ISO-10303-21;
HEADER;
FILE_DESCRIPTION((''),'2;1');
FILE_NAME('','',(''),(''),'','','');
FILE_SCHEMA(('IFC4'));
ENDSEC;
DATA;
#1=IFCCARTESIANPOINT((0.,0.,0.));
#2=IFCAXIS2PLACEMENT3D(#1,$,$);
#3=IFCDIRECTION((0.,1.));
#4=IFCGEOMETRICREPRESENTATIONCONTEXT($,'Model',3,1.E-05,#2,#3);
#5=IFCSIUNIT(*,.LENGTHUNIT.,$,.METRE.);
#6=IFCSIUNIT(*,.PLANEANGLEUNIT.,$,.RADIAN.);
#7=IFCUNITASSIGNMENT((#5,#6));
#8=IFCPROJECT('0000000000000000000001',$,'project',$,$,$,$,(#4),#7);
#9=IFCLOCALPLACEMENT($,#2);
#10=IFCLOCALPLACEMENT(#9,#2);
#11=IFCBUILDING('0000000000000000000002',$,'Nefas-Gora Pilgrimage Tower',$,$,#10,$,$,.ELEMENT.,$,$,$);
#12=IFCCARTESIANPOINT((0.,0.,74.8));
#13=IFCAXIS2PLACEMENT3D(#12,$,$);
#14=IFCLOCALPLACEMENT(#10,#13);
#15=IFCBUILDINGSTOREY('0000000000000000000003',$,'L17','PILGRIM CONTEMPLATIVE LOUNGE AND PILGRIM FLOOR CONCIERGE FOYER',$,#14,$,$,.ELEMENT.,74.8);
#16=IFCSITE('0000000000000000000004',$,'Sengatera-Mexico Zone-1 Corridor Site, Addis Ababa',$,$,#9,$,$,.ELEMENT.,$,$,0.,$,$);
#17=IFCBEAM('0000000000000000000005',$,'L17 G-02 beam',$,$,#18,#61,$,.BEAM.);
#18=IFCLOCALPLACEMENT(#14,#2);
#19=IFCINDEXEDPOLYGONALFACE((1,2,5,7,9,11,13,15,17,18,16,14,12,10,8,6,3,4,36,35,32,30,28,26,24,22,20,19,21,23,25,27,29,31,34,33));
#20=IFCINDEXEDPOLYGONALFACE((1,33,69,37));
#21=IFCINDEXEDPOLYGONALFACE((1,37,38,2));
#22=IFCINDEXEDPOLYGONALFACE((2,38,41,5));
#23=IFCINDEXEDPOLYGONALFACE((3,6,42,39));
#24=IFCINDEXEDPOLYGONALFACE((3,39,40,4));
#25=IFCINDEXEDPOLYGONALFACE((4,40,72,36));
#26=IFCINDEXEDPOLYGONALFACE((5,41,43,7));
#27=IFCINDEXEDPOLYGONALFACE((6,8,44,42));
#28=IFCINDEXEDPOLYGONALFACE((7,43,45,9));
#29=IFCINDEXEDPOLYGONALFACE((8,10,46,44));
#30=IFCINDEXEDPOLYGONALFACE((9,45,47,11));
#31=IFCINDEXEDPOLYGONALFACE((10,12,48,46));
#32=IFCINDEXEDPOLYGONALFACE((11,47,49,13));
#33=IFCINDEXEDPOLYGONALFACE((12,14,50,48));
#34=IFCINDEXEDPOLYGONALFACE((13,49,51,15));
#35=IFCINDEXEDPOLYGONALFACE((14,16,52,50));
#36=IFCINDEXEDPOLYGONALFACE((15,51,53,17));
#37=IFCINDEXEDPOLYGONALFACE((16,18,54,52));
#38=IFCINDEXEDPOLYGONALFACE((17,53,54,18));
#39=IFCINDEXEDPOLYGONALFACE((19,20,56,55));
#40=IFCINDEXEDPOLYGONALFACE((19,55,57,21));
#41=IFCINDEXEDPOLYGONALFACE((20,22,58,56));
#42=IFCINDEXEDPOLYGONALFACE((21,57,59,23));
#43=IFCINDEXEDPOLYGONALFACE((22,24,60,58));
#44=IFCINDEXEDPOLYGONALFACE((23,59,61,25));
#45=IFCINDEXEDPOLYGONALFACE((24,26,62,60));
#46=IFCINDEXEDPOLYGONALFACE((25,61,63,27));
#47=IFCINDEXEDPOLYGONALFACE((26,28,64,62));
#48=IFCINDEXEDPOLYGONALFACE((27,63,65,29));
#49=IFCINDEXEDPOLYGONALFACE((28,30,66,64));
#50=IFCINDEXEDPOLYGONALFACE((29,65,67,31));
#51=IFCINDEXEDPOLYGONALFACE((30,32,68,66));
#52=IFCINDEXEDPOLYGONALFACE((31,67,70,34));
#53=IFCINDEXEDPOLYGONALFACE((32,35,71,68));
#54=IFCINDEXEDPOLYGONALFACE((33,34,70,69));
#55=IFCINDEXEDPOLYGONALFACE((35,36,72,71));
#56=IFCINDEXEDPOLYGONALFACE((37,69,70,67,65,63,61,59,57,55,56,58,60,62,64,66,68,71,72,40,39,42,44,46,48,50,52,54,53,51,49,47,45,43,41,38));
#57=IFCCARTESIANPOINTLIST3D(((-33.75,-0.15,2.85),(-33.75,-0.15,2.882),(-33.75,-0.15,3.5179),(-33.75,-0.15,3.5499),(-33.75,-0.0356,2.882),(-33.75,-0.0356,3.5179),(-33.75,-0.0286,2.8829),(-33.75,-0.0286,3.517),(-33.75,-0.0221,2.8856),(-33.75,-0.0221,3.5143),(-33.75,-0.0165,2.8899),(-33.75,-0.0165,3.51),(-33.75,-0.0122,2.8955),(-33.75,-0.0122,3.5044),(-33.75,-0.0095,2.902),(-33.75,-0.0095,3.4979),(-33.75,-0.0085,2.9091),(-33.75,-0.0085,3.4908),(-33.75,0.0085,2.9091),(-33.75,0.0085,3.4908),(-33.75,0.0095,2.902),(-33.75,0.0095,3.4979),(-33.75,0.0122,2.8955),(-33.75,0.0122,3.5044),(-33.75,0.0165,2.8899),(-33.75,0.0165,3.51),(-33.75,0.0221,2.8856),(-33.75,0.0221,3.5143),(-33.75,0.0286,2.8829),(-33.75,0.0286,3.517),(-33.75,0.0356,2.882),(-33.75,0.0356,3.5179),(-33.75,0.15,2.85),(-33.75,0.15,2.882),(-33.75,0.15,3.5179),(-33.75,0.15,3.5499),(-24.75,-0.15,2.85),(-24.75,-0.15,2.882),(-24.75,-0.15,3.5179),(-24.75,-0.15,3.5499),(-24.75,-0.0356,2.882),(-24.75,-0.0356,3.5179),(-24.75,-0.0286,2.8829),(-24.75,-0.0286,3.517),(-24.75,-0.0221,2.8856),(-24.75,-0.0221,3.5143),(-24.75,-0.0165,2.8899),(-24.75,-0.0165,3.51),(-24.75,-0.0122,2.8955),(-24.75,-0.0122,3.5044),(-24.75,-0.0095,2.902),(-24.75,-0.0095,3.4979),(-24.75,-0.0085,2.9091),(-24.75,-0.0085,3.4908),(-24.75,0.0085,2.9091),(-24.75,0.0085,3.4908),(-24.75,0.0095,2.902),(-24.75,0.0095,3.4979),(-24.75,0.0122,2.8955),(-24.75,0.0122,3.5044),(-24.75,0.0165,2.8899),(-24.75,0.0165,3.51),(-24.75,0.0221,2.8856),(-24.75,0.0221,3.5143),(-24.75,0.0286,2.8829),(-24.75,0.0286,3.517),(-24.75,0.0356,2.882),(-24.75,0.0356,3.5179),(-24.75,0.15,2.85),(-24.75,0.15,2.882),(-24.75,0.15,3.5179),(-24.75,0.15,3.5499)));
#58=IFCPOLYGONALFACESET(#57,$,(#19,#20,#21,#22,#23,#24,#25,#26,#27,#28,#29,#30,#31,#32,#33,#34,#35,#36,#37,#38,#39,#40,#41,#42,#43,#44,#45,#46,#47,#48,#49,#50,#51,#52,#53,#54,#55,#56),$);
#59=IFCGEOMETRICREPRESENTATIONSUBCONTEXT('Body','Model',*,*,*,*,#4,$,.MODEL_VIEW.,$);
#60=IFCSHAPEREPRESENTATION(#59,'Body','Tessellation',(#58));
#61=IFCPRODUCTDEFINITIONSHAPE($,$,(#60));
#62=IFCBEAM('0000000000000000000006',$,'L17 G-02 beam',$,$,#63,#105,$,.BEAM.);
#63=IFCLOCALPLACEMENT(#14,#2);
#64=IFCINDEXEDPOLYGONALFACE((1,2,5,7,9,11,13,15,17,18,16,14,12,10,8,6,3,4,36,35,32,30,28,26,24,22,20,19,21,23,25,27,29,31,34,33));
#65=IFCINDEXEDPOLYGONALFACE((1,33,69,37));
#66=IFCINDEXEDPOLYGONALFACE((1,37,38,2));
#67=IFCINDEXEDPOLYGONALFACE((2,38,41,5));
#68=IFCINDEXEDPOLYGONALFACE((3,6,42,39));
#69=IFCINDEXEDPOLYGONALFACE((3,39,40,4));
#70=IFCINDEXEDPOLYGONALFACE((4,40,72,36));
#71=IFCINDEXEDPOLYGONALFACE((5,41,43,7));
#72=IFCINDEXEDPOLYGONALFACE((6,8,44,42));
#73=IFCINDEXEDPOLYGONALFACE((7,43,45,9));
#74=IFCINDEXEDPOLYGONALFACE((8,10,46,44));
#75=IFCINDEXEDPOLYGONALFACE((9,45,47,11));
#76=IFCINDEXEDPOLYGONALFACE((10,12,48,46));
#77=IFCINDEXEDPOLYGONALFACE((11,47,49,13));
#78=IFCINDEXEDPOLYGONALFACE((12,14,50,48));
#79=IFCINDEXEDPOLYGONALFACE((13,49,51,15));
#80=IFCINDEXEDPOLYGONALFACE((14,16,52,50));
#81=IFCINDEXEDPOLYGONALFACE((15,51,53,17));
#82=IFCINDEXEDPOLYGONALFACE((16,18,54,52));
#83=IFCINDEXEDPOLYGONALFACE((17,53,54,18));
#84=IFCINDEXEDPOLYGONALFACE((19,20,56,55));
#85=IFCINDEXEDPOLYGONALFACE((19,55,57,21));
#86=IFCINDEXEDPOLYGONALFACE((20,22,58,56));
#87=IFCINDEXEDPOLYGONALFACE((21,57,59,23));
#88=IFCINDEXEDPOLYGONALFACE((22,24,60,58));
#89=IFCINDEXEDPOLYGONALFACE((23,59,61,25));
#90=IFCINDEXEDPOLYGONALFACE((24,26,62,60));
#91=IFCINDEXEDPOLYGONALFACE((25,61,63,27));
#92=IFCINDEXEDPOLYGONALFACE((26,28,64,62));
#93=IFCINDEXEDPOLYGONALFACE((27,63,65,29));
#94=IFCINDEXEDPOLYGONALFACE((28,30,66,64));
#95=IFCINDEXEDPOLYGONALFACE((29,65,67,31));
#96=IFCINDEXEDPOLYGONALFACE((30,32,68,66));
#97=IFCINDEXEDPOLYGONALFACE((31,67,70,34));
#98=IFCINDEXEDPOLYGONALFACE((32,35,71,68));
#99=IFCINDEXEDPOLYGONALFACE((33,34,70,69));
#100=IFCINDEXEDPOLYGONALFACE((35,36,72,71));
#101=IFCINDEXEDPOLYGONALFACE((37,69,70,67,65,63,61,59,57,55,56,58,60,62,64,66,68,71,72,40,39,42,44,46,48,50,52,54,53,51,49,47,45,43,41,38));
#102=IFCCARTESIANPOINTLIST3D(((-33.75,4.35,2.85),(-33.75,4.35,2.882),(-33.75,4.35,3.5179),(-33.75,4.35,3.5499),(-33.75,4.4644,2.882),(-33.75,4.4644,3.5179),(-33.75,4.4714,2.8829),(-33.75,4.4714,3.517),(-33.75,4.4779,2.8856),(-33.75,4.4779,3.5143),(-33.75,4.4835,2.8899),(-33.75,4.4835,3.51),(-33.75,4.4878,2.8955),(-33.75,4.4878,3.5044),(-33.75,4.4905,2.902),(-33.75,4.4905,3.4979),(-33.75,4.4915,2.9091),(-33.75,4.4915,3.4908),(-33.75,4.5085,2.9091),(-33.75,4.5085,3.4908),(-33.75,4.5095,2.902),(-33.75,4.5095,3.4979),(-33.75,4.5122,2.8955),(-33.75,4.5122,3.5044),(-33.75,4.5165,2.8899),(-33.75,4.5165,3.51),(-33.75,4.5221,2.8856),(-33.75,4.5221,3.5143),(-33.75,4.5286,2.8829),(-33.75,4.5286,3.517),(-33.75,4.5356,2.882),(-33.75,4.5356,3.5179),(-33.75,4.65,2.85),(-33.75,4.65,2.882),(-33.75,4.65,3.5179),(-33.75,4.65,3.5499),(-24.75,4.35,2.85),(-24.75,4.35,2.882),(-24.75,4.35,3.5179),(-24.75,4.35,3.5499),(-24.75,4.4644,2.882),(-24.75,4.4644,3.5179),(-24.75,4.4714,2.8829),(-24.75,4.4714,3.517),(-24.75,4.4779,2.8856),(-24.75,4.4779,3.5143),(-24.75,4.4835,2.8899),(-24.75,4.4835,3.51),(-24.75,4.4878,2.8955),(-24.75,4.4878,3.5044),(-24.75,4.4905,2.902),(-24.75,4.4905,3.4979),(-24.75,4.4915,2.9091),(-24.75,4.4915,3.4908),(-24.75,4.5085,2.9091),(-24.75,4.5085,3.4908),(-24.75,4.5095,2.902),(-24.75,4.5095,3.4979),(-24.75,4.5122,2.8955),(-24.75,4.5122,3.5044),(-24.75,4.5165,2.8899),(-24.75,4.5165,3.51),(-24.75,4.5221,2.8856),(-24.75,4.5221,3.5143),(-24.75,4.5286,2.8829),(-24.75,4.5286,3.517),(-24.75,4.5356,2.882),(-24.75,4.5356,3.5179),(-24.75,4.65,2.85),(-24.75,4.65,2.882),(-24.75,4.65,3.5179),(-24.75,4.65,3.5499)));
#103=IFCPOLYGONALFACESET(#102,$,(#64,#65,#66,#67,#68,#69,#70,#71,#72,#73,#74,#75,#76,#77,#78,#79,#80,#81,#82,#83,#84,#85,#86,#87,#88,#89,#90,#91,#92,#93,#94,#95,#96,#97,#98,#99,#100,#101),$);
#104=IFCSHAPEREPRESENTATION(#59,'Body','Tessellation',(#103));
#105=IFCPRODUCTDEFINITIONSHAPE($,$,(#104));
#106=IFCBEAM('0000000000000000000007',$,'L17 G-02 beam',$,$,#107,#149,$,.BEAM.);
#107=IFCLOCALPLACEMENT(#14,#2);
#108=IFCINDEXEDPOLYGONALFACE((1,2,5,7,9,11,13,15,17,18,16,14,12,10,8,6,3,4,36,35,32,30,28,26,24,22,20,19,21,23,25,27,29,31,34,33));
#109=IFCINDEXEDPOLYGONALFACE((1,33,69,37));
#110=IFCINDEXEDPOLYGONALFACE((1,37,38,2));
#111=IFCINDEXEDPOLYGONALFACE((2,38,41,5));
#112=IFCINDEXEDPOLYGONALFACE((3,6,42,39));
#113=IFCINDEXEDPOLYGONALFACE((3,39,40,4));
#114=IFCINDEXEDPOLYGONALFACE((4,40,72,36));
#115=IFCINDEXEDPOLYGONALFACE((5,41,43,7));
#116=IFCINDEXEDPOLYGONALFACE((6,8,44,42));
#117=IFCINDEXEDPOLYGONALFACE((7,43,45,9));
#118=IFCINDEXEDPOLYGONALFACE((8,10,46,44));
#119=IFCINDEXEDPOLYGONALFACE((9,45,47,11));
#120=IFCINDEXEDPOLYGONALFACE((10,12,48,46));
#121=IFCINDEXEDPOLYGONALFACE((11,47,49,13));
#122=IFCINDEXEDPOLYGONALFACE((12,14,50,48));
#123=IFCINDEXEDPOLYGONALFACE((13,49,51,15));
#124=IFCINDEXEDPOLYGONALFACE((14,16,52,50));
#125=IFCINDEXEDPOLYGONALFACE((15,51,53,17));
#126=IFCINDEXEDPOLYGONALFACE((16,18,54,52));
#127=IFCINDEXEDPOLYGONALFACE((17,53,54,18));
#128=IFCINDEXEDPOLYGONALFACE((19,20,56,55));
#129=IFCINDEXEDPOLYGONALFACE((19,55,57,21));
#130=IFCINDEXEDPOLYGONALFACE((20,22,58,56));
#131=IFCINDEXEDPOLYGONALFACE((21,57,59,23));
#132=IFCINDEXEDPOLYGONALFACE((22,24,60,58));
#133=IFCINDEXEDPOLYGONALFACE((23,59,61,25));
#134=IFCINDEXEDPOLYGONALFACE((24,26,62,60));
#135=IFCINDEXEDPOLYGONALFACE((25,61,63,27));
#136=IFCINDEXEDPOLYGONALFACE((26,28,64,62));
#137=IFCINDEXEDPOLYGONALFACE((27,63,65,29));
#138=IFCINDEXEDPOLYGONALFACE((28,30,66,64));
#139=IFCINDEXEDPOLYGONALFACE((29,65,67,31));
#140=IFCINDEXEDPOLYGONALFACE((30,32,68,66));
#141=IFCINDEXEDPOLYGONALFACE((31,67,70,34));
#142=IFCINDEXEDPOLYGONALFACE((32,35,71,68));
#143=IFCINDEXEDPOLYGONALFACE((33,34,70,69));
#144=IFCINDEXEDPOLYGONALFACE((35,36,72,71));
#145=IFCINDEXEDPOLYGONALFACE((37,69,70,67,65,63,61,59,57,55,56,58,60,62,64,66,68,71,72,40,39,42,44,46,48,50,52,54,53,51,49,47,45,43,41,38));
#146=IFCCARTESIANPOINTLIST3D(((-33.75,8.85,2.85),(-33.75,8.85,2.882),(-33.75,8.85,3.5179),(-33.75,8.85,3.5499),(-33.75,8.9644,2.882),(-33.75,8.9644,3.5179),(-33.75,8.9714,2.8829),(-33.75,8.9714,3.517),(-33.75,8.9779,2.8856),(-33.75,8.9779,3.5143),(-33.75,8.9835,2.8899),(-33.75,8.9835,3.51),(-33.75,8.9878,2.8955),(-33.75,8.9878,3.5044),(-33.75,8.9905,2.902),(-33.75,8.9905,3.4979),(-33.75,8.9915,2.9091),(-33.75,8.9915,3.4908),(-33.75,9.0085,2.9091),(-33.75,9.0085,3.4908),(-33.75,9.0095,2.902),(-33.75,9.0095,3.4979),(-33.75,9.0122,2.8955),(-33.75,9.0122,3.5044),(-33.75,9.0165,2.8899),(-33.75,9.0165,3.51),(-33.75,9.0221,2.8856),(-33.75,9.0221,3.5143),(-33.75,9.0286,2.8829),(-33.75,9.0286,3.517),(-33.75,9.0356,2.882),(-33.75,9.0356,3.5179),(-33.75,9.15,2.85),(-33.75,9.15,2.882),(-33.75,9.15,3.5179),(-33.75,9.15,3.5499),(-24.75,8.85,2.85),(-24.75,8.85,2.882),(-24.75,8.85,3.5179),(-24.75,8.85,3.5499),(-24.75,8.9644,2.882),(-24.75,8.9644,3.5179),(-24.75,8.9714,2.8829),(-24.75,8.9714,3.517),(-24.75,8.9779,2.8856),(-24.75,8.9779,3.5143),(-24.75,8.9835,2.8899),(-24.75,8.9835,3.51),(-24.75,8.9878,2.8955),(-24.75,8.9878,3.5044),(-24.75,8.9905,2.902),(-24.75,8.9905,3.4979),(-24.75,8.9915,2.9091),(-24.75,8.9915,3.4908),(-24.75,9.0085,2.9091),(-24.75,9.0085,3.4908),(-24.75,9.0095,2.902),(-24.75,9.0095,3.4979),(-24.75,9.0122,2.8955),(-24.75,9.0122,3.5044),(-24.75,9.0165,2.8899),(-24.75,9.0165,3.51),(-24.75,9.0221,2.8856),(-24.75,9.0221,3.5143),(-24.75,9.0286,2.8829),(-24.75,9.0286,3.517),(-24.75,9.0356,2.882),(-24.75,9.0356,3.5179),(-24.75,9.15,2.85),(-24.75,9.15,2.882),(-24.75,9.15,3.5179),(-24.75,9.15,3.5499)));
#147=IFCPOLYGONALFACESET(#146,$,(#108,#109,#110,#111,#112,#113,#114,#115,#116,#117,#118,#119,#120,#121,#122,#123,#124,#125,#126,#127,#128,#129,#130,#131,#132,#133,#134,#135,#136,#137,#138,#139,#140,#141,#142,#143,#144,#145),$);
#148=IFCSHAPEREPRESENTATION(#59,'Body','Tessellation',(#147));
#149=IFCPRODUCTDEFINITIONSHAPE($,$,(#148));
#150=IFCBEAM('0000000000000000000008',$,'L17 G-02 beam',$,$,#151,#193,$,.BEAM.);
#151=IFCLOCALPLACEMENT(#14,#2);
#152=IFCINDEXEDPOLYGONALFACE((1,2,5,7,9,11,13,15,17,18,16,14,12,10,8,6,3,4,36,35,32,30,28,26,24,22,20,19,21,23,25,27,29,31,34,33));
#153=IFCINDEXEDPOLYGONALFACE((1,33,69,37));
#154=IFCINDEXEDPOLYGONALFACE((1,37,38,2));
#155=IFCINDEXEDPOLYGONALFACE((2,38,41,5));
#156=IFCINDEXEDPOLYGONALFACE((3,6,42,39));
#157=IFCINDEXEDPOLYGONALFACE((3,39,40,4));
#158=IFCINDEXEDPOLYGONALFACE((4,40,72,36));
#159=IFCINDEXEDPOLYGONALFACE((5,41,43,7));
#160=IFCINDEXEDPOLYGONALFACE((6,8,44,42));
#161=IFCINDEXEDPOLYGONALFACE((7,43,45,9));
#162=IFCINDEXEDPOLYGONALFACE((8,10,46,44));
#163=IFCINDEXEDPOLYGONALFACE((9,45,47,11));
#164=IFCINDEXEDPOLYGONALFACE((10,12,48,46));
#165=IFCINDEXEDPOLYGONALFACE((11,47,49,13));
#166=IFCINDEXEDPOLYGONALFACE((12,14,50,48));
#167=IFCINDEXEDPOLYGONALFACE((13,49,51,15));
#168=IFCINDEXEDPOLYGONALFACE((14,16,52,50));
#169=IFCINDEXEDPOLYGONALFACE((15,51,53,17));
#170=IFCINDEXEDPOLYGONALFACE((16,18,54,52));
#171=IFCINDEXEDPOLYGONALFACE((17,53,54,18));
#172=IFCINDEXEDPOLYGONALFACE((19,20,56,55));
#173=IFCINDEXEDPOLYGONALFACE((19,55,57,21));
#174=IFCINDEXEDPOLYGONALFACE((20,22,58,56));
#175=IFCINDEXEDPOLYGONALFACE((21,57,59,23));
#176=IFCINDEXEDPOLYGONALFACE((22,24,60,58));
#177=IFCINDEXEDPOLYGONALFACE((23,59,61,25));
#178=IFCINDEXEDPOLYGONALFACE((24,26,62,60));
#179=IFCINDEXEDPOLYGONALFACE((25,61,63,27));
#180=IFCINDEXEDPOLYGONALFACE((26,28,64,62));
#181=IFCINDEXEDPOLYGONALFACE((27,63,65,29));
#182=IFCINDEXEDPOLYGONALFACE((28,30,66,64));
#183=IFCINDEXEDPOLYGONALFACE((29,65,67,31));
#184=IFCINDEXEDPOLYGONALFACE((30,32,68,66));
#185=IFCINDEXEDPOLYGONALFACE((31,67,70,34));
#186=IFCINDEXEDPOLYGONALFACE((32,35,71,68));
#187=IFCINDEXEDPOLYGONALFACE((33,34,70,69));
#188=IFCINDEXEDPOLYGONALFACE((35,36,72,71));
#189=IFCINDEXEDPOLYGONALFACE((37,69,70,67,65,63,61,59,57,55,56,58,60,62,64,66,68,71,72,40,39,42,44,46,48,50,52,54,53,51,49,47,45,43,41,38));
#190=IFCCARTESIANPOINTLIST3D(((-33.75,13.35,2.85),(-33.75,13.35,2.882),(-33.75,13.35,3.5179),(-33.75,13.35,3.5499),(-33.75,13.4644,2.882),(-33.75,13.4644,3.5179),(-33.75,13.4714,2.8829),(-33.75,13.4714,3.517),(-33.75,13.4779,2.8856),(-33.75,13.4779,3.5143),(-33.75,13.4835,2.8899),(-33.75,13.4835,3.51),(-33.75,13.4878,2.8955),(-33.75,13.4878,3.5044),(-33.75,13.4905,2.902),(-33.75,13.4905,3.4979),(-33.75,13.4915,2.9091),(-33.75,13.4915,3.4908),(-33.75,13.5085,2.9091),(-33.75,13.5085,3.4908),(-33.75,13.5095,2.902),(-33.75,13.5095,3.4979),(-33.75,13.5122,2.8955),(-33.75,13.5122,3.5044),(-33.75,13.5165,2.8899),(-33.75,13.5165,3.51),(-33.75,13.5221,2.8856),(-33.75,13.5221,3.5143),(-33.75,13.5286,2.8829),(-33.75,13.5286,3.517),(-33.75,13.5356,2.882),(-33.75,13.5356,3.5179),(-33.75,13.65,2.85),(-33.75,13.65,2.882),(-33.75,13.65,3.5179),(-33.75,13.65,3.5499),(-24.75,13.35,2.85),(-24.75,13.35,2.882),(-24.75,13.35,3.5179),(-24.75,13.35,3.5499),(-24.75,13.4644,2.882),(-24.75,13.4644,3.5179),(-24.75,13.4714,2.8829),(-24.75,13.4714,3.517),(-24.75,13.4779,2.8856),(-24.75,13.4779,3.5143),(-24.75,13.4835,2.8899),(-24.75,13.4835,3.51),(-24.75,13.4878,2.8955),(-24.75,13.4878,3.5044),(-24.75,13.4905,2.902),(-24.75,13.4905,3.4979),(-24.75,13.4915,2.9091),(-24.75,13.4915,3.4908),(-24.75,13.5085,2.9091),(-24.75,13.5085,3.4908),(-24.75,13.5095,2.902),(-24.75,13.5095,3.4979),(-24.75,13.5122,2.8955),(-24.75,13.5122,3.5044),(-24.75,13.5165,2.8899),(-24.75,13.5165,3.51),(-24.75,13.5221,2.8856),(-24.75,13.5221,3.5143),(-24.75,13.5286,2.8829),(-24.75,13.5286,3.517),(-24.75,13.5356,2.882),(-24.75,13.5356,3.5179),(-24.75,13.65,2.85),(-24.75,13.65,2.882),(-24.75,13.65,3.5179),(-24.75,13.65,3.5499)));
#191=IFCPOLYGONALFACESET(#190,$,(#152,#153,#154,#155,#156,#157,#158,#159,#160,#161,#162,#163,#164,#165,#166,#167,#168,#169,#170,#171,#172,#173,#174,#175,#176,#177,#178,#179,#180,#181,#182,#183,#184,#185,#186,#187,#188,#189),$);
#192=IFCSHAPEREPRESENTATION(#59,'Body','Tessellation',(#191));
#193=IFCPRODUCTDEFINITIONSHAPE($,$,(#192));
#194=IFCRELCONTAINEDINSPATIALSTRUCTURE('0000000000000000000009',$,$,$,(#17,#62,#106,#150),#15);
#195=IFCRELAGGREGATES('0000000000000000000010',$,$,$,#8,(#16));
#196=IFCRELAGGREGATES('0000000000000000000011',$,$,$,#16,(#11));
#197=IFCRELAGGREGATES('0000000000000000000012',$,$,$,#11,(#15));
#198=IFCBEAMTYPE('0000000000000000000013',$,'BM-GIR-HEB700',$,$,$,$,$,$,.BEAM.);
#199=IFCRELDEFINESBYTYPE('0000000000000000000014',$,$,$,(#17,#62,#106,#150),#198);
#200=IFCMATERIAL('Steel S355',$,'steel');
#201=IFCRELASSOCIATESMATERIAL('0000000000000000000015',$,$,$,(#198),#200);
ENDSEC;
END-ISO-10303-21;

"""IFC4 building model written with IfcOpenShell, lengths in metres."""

from ifc_helpers import new_model, si_unit, direction, frame, origin, origin_2d, place, context, subcontext, project, spatial, i_section, extrude, source, transform, mapped, material, material_profile, profile_set, type_object, element, save


model = new_model("IFC4")

# Units and contexts
model_context = context("Model", 3, precision=1e-05, world=origin(), true_north=direction((0.0, 1.0)))
body_context = subcontext(model_context, "Body", "Model", "MODEL_VIEW")
ifc_project = project(units=[si_unit("LENGTHUNIT", "METRE"), si_unit("PLANEANGLEUNIT", "RADIAN")], contexts=[model_context])

# Site, building, storey
site_placement = place(None, origin())
site = spatial("IfcSite", under=ifc_project, at=site_placement, Name="Sengatera-Mexico Zone-1 Corridor Site, Addis Ababa", CompositionType="ELEMENT", RefElevation=0.0)
building_placement = place(site_placement, origin())
building = spatial("IfcBuilding", under=site, at=building_placement, Name="Nefas-Gora Pilgrimage Tower", CompositionType="ELEMENT")
storey_placement = place(building_placement, frame((0.0, 0.0, 74.8)))
storey = spatial("IfcBuildingStorey", under=building, at=storey_placement, Name="L17", Description="PILGRIM CONTEMPLATIVE LOUNGE AND PILGRIM FLOOR CONCIERGE FOYER", CompositionType="ELEMENT", Elevation=74.8)

# Beams
ifc_material_1 = material(Name="Steel S355", Category="steel")
ifc_material_profile_1 = material_profile(ifc_material_1, i_section(OverallWidth=0.3, OverallDepth=0.7, WebThickness=0.0171, FlangeThickness=0.032, FilletRadius=0.0271, at=origin_2d()), Name="HEB 700")
ifc_profile_set_1 = profile_set([ifc_material_profile_1], Name="Steel S355")
beam_type_1 = type_object("IfcBeamType", Name="BM-GIR-HEB700", PredefinedType="BEAM", material=ifc_profile_set_1)
shared_shape_1 = source(origin(), body_context, "Body", "SweptSolid", [
    extrude(i_section(OverallWidth=0.3, OverallDepth=0.7, WebThickness=0.0171, FlangeThickness=0.032, FilletRadius=0.0271, at=origin_2d()), origin(), (0.0, 0.0, 1.0), 9.0),
])
for number, where, z_axis, x_axis, name in (
    (1, (-33.75, 0.0, 3.2), (1.0, 0.0, 0.0), (0.0, 1.0, 0.0), "L17 G-02 beam"),
    (2, (-33.75, 4.5, 3.2), (1.0, 0.0, 0.0), (0.0, 1.0, 0.0), "L17 G-02 beam"),
    (3, (-33.75, 9.0, 3.2), (1.0, 0.0, 0.0), (0.0, 1.0, 0.0), "L17 G-02 beam"),
    (4, (-33.75, 13.5, 3.2), (1.0, 0.0, 0.0), (0.0, 1.0, 0.0), "L17 G-02 beam"),
):
    element("IfcBeam", number, at=place(storey_placement, frame(where, z_axis=z_axis, x_axis=x_axis)), inside=storey, type_object=beam_type_1, Name=name, PredefinedType="BEAM", context=body_context, shape_type="MappedRepresentation", body=[
        mapped(shared_shape_1, transform((0.0, 0.0, 0.0), x_axis=(1.0, 0.0, 0.0), y_axis=(0.0, 1.0, 0.0), z_axis=(0.0, 0.0, 1.0), scale=1.0)),
    ])

save(model, "model.ifc")
